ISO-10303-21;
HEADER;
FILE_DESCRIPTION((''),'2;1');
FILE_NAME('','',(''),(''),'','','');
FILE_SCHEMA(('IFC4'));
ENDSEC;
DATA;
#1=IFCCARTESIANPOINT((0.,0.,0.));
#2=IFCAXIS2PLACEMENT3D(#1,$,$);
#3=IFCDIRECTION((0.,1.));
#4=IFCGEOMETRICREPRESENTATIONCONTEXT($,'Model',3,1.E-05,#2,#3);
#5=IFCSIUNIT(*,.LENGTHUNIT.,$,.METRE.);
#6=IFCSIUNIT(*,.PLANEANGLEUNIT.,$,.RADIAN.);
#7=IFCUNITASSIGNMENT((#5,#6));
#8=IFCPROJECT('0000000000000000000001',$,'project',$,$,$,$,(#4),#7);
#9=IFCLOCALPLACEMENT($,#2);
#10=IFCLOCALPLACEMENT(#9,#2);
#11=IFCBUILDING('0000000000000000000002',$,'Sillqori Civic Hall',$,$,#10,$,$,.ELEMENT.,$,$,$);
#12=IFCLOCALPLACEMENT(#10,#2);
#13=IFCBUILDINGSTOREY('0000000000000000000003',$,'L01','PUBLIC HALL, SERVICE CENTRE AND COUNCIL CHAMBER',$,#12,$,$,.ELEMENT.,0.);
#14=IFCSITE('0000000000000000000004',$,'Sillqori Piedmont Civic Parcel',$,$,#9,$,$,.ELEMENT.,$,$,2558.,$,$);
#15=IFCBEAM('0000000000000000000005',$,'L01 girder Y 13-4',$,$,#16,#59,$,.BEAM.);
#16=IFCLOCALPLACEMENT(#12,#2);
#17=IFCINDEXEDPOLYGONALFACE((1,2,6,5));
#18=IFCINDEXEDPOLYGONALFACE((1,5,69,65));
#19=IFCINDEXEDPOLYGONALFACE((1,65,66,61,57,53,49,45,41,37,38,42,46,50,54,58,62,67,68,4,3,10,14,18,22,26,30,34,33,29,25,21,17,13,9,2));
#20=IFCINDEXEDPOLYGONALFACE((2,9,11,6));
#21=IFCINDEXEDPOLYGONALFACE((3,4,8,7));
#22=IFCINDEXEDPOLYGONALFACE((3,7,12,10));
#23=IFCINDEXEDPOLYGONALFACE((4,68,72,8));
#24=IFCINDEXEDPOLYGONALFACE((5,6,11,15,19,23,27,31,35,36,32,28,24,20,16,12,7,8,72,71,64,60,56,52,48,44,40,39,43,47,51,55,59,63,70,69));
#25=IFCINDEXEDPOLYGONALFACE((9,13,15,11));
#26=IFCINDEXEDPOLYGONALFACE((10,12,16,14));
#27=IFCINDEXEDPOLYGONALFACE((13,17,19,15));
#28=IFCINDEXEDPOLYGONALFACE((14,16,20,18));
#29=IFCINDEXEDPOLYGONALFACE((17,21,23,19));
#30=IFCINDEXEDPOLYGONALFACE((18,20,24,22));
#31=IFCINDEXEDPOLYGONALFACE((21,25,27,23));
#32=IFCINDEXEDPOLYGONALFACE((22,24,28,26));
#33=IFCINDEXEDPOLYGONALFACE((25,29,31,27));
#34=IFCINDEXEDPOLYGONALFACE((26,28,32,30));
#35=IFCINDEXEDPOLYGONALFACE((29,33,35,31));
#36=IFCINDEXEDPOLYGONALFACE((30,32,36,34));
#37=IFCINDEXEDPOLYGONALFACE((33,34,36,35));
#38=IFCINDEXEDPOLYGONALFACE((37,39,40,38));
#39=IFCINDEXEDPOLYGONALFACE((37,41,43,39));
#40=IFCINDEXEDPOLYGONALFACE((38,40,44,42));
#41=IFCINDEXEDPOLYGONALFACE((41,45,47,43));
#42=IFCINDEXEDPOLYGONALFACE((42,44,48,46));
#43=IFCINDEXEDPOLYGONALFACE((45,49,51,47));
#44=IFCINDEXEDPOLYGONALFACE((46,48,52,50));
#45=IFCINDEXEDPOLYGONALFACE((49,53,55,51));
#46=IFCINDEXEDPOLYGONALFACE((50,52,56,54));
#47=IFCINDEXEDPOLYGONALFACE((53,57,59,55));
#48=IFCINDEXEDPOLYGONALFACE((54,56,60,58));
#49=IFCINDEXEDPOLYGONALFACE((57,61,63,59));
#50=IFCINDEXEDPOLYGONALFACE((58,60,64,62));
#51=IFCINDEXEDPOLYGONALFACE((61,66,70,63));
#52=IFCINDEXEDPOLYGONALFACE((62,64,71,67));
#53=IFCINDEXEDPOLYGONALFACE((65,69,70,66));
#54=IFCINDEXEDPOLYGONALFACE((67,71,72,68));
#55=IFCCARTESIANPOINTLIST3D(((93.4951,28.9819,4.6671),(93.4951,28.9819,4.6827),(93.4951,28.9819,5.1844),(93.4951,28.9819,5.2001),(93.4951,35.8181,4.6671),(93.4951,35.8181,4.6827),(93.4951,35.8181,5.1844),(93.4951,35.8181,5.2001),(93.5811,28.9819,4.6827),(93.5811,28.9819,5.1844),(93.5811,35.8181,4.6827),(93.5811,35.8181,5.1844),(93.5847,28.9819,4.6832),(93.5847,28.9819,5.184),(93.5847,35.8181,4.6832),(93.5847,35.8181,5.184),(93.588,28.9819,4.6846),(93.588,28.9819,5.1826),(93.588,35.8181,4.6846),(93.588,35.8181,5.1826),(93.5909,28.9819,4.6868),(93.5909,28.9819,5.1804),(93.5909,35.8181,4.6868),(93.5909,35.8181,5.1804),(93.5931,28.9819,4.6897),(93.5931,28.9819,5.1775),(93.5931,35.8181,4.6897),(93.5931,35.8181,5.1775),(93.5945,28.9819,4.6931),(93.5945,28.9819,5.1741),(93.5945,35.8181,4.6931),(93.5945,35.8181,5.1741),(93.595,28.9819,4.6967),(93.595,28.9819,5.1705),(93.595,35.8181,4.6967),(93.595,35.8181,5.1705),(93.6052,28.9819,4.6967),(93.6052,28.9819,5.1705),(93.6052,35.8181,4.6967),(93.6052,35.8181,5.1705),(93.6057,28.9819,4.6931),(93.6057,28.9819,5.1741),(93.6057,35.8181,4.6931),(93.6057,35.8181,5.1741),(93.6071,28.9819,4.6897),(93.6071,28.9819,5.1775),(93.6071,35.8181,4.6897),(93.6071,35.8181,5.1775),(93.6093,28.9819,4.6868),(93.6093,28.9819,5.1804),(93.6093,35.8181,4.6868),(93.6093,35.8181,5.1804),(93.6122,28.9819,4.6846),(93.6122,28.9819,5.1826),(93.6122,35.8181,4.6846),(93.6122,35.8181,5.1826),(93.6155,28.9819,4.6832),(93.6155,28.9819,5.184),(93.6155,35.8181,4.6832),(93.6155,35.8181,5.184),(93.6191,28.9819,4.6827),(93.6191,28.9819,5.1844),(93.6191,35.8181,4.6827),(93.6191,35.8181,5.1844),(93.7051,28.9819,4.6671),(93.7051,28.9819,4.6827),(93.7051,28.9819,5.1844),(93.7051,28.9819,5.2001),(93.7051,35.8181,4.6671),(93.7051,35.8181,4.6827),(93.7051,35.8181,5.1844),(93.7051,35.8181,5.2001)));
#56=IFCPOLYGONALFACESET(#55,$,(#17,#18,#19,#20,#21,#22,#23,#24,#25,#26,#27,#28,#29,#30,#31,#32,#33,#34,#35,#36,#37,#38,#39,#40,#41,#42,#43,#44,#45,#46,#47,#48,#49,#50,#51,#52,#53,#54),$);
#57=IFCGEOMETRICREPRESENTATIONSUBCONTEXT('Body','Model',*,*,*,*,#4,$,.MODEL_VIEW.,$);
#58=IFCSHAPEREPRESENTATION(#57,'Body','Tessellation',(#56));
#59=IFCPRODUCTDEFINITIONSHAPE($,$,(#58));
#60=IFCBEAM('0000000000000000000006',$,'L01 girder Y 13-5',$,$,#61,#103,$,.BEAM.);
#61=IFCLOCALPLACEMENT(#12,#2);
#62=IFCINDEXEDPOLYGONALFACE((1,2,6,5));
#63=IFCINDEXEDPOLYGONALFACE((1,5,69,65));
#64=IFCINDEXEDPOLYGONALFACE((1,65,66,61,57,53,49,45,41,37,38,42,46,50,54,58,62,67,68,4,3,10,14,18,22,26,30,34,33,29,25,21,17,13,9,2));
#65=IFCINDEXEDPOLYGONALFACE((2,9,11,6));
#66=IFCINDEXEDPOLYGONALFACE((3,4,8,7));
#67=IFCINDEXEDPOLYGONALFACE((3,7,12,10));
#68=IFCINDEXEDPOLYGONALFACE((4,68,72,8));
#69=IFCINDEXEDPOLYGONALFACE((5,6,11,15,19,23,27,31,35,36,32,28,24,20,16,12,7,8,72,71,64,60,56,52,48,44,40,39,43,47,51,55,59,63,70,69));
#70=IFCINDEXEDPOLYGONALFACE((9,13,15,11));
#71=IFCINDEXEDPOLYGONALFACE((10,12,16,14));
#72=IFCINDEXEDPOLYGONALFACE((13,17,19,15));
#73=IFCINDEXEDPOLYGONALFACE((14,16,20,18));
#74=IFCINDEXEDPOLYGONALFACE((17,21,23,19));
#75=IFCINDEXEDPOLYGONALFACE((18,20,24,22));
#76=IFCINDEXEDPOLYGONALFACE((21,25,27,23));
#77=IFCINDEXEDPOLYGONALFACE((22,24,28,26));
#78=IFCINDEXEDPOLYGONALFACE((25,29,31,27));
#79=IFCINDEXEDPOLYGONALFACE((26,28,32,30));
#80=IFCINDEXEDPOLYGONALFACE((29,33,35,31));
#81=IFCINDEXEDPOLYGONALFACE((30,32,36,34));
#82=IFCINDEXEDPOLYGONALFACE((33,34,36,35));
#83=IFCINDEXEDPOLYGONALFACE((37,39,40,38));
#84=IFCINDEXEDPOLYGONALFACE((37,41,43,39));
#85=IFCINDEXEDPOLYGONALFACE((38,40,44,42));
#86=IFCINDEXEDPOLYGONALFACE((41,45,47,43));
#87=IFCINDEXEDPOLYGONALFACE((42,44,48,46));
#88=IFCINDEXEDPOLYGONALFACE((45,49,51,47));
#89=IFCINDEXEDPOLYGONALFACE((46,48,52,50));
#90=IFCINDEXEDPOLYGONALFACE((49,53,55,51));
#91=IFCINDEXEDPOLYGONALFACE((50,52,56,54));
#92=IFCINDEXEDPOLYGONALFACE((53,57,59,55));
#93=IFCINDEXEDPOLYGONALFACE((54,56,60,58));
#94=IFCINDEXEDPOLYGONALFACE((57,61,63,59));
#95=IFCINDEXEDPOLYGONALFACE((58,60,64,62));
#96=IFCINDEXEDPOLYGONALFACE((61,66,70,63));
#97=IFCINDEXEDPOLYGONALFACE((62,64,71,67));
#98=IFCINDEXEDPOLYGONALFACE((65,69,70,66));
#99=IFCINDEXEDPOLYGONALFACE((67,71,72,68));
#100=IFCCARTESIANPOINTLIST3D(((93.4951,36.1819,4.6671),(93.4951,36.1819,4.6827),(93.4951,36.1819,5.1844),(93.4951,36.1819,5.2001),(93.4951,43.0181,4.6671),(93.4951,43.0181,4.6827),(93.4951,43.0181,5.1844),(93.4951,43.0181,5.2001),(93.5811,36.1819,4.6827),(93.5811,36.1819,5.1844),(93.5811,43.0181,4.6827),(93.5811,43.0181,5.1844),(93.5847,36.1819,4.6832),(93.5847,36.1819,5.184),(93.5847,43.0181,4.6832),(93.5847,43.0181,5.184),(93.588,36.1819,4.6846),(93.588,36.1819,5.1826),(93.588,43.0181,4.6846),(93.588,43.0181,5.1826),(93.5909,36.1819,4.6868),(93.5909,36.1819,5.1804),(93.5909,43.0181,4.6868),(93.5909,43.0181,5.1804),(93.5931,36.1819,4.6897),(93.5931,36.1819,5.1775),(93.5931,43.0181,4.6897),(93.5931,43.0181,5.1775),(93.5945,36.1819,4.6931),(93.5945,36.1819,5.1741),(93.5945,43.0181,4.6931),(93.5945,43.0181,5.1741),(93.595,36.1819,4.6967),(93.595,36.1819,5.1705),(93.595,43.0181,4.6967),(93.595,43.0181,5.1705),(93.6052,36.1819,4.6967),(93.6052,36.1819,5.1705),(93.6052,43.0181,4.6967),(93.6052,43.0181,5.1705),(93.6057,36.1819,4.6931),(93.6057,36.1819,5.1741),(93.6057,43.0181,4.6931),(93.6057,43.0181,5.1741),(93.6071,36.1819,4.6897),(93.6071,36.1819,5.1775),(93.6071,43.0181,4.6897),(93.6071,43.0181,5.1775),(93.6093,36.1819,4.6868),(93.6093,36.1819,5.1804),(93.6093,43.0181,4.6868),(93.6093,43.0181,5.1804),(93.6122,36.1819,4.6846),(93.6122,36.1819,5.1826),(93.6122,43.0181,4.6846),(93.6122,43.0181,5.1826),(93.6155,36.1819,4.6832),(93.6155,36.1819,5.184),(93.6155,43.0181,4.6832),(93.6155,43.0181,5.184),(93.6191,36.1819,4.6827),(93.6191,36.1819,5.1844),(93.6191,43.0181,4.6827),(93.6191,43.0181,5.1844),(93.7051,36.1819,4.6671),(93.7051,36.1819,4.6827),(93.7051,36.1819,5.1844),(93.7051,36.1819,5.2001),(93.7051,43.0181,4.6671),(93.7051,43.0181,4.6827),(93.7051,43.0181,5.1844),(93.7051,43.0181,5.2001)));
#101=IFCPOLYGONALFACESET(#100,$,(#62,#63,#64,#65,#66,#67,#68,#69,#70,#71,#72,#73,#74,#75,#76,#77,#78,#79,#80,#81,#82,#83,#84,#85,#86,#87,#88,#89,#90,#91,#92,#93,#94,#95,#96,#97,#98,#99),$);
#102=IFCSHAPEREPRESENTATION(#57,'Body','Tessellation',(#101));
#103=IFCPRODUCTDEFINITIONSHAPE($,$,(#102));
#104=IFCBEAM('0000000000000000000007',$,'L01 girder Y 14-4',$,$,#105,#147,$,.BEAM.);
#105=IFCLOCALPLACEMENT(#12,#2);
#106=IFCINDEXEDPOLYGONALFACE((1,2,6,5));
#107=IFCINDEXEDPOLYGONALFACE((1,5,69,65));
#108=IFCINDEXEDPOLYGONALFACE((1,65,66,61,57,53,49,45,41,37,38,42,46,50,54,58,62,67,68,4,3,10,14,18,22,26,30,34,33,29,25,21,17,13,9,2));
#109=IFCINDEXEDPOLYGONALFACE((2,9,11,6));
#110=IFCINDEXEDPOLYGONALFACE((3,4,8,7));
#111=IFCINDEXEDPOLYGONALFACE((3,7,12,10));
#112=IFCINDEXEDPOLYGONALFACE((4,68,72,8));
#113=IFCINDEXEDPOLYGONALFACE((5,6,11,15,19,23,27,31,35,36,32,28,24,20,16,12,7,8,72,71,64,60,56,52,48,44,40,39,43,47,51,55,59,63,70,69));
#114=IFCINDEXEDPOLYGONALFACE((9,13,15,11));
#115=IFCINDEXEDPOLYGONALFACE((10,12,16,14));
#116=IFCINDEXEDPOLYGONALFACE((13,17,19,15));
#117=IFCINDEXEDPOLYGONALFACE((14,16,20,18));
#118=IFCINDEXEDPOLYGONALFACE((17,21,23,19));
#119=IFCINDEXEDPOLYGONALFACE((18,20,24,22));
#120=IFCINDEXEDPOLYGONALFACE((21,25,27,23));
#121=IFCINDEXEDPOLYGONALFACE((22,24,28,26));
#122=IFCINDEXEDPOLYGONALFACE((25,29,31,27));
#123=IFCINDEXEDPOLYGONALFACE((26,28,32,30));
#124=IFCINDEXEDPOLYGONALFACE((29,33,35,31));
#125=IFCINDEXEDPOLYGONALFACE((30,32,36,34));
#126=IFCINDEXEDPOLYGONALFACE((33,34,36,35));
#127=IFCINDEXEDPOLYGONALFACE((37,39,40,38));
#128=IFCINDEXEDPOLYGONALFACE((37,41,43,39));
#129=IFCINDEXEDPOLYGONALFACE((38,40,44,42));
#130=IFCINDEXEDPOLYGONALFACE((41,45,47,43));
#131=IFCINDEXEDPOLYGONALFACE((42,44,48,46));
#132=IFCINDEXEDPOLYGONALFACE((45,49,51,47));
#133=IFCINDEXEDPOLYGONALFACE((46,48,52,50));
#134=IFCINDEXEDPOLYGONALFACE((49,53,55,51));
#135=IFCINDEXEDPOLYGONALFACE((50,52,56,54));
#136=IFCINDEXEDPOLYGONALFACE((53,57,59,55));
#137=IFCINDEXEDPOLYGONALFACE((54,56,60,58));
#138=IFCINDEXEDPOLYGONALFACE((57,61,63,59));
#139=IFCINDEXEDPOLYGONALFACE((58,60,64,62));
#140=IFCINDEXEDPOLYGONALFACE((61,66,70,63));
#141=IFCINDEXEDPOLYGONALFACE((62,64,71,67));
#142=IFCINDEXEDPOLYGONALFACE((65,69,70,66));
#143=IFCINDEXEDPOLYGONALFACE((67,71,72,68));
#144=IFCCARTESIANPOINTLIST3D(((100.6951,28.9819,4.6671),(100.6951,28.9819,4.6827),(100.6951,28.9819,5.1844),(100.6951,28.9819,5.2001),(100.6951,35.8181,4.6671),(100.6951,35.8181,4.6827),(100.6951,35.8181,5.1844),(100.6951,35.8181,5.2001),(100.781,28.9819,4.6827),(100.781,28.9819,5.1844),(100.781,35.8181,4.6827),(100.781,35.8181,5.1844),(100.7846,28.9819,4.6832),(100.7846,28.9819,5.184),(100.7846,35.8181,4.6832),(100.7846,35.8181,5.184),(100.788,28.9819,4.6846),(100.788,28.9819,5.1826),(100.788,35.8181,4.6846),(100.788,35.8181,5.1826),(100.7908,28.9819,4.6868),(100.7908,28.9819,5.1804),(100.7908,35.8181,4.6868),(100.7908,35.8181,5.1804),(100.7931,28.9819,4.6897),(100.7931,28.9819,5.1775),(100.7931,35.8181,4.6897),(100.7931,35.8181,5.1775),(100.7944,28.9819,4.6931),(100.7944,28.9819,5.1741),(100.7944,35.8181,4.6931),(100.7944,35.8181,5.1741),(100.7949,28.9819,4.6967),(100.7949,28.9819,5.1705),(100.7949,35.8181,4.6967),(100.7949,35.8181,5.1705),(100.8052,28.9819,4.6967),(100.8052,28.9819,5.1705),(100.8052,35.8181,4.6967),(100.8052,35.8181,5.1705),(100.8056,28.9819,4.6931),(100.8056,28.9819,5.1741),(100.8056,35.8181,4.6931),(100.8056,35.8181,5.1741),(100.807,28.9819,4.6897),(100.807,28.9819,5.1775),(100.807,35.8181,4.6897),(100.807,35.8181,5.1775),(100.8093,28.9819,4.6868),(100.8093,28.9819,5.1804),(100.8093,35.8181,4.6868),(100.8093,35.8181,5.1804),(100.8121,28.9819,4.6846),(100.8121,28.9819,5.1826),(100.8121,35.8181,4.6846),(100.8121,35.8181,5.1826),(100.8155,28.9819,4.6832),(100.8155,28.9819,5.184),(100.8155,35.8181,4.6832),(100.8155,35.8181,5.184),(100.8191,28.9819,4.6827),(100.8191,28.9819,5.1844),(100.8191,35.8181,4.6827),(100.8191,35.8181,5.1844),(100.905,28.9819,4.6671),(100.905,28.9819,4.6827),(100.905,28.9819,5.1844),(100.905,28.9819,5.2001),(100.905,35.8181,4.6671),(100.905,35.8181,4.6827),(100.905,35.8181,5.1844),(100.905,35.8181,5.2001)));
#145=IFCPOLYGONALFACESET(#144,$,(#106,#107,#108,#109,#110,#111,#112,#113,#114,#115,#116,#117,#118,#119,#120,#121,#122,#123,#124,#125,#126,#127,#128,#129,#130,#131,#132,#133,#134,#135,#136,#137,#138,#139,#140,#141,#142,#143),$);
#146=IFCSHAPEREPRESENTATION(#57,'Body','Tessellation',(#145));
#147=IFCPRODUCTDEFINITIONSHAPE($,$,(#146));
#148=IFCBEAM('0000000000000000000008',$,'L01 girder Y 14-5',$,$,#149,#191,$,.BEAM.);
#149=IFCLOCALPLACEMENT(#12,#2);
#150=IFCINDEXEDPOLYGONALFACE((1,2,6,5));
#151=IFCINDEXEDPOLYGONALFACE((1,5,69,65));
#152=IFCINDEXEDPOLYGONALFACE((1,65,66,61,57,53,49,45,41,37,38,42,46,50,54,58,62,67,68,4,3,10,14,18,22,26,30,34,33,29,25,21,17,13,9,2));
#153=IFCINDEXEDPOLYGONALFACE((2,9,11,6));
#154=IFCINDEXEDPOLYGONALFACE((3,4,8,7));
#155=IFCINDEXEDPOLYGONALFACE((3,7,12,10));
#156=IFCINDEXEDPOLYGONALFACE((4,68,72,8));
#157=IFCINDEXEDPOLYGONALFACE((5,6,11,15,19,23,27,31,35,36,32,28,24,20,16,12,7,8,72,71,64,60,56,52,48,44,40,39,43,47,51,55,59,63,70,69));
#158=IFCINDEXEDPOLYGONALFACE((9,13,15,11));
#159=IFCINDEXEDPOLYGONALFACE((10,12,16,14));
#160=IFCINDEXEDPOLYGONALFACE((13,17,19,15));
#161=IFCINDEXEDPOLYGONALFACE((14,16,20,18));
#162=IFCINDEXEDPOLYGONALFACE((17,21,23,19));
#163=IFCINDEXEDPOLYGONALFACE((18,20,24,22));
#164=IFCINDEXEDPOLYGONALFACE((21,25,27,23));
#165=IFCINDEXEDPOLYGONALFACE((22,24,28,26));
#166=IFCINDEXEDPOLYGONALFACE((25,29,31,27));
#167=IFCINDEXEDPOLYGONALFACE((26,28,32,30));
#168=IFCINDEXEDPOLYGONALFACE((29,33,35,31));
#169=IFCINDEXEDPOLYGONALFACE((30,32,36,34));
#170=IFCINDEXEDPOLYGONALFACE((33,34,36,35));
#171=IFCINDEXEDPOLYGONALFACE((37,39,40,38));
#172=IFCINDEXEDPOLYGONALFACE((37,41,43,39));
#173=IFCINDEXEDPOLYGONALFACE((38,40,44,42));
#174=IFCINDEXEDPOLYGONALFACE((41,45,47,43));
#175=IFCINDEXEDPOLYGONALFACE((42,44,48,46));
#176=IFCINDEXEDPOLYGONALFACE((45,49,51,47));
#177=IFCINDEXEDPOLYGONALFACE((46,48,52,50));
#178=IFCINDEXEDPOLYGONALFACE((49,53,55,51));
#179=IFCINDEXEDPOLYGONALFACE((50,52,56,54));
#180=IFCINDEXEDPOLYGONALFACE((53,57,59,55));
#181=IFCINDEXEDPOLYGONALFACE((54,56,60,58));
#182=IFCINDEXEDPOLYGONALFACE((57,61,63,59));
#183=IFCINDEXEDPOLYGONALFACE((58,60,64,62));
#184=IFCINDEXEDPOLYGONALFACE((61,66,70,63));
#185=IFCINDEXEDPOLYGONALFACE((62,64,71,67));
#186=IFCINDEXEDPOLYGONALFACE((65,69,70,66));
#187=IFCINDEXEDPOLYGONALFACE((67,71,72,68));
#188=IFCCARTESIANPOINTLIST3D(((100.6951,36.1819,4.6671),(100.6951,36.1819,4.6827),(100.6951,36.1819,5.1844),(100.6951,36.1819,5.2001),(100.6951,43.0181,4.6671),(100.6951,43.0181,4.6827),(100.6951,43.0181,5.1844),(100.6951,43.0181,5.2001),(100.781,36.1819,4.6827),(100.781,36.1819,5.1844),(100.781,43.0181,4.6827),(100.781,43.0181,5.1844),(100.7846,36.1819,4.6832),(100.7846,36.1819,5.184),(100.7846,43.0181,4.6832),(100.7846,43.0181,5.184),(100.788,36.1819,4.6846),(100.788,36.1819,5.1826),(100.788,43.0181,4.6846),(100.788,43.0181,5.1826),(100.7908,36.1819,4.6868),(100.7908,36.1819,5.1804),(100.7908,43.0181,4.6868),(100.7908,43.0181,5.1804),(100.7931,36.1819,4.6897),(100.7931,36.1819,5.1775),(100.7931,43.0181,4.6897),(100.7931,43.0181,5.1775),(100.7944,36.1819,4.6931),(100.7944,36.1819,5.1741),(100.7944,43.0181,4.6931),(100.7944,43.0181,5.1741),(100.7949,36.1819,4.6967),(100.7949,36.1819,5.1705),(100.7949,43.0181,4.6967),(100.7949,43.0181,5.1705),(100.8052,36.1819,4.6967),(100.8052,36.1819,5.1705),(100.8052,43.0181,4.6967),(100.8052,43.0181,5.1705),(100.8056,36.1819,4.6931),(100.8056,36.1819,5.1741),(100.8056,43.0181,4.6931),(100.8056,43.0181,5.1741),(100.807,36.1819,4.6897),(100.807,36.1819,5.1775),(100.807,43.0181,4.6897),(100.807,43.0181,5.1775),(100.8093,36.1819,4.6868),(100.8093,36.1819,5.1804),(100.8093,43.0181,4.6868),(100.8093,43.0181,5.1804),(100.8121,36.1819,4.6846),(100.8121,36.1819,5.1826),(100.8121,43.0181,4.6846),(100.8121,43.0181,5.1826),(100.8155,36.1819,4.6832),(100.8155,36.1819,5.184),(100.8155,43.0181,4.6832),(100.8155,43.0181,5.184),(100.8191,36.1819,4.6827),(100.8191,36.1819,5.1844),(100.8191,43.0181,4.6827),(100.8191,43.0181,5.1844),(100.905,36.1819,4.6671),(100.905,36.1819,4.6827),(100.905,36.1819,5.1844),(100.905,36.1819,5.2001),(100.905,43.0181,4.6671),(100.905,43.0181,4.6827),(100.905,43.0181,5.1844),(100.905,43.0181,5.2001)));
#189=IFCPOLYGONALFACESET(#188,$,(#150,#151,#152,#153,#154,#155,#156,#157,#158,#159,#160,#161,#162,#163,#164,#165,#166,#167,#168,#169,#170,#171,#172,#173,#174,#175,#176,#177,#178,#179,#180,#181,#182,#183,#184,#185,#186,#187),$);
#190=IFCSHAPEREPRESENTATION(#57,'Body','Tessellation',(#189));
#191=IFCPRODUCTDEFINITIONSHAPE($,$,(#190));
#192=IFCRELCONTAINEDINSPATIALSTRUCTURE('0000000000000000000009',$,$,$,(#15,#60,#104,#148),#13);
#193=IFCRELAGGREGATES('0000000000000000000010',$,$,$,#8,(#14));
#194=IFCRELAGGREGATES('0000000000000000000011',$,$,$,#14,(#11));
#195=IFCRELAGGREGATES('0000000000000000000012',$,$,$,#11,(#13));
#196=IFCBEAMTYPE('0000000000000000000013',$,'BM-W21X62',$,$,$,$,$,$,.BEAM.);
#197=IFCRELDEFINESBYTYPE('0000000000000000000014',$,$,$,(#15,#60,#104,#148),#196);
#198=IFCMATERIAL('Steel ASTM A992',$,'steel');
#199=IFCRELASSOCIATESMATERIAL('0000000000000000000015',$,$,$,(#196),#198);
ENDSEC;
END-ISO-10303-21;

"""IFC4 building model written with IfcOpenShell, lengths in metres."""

from ifc_helpers import new_model, si_unit, direction, frame, origin, origin_2d, place, context, subcontext, project, spatial, i_section, extrude, material, material_profile, profile_set, type_object, element, save


model = new_model("IFC4")

# Units and contexts
model_context = context("Model", 3, precision=1e-05, world=origin(), true_north=direction((0.0, 1.0)))
body_context = subcontext(model_context, "Body", "Model", "MODEL_VIEW")
ifc_project = project(units=[si_unit("LENGTHUNIT", "METRE"), si_unit("PLANEANGLEUNIT", "RADIAN")], contexts=[model_context])

# Site, building, storey
site_placement = place(None, origin())
site = spatial("IfcSite", under=ifc_project, at=site_placement, Name="Sillqori Piedmont Civic Parcel", CompositionType="ELEMENT", RefElevation=2558.0)
building_placement = place(site_placement, origin())
building = spatial("IfcBuilding", under=site, at=building_placement, Name="Sillqori Civic Hall", CompositionType="ELEMENT")
storey_placement = place(building_placement, origin())
storey = spatial("IfcBuildingStorey", under=building, at=storey_placement, Name="L01", Description="PUBLIC HALL, SERVICE CENTRE AND COUNCIL CHAMBER", CompositionType="ELEMENT", Elevation=0.0)

# Shared definitions
ifc_material_1 = material(Name="Steel ASTM A992", Category="steel")

# Beams
ifc_material_profile_1 = material_profile(ifc_material_1, i_section(OverallWidth=0.21, OverallDepth=0.533, WebThickness=0.0103, FlangeThickness=0.0156, FilletRadius=0.0139, at=origin_2d()), Name="W21X62")
ifc_profile_set_1 = profile_set([ifc_material_profile_1], Name="Steel ASTM A992")
beam_type_1 = type_object("IfcBeamType", Name="BM-W21X62", PredefinedType="BEAM", material=ifc_profile_set_1)
for number, where, z_axis, x_axis, name in (
    (1, (93.6001, 28.9819, 4.9336), (0.0, 1.0, 0.0), (-1.0, 0.0, 0.0), "L01 girder Y 13-4"),
    (2, (93.6001, 36.1819, 4.9336), (0.0, 1.0, 0.0), (-1.0, 0.0, 0.0), "L01 girder Y 13-5"),
    (3, (100.8, 28.9819, 4.9336), (0.0, 1.0, 0.0), (-1.0, 0.0, 0.0), "L01 girder Y 14-4"),
    (4, (100.8, 36.1819, 4.9336), (0.0, 1.0, 0.0), (-1.0, 0.0, 0.0), "L01 girder Y 14-5"),
):
    element("IfcBeam", number, at=place(storey_placement, frame(where, z_axis=z_axis, x_axis=x_axis)), inside=storey, type_object=beam_type_1, Name=name, PredefinedType="BEAM", context=body_context, shape_type="SweptSolid", body=[
        extrude(i_section(OverallWidth=0.21, OverallDepth=0.533, WebThickness=0.0103, FlangeThickness=0.0156, FilletRadius=0.0139, at=origin_2d()), origin(), (0.0, 0.0, 1.0), 6.8362),
    ])

save(model, "model.ifc")
